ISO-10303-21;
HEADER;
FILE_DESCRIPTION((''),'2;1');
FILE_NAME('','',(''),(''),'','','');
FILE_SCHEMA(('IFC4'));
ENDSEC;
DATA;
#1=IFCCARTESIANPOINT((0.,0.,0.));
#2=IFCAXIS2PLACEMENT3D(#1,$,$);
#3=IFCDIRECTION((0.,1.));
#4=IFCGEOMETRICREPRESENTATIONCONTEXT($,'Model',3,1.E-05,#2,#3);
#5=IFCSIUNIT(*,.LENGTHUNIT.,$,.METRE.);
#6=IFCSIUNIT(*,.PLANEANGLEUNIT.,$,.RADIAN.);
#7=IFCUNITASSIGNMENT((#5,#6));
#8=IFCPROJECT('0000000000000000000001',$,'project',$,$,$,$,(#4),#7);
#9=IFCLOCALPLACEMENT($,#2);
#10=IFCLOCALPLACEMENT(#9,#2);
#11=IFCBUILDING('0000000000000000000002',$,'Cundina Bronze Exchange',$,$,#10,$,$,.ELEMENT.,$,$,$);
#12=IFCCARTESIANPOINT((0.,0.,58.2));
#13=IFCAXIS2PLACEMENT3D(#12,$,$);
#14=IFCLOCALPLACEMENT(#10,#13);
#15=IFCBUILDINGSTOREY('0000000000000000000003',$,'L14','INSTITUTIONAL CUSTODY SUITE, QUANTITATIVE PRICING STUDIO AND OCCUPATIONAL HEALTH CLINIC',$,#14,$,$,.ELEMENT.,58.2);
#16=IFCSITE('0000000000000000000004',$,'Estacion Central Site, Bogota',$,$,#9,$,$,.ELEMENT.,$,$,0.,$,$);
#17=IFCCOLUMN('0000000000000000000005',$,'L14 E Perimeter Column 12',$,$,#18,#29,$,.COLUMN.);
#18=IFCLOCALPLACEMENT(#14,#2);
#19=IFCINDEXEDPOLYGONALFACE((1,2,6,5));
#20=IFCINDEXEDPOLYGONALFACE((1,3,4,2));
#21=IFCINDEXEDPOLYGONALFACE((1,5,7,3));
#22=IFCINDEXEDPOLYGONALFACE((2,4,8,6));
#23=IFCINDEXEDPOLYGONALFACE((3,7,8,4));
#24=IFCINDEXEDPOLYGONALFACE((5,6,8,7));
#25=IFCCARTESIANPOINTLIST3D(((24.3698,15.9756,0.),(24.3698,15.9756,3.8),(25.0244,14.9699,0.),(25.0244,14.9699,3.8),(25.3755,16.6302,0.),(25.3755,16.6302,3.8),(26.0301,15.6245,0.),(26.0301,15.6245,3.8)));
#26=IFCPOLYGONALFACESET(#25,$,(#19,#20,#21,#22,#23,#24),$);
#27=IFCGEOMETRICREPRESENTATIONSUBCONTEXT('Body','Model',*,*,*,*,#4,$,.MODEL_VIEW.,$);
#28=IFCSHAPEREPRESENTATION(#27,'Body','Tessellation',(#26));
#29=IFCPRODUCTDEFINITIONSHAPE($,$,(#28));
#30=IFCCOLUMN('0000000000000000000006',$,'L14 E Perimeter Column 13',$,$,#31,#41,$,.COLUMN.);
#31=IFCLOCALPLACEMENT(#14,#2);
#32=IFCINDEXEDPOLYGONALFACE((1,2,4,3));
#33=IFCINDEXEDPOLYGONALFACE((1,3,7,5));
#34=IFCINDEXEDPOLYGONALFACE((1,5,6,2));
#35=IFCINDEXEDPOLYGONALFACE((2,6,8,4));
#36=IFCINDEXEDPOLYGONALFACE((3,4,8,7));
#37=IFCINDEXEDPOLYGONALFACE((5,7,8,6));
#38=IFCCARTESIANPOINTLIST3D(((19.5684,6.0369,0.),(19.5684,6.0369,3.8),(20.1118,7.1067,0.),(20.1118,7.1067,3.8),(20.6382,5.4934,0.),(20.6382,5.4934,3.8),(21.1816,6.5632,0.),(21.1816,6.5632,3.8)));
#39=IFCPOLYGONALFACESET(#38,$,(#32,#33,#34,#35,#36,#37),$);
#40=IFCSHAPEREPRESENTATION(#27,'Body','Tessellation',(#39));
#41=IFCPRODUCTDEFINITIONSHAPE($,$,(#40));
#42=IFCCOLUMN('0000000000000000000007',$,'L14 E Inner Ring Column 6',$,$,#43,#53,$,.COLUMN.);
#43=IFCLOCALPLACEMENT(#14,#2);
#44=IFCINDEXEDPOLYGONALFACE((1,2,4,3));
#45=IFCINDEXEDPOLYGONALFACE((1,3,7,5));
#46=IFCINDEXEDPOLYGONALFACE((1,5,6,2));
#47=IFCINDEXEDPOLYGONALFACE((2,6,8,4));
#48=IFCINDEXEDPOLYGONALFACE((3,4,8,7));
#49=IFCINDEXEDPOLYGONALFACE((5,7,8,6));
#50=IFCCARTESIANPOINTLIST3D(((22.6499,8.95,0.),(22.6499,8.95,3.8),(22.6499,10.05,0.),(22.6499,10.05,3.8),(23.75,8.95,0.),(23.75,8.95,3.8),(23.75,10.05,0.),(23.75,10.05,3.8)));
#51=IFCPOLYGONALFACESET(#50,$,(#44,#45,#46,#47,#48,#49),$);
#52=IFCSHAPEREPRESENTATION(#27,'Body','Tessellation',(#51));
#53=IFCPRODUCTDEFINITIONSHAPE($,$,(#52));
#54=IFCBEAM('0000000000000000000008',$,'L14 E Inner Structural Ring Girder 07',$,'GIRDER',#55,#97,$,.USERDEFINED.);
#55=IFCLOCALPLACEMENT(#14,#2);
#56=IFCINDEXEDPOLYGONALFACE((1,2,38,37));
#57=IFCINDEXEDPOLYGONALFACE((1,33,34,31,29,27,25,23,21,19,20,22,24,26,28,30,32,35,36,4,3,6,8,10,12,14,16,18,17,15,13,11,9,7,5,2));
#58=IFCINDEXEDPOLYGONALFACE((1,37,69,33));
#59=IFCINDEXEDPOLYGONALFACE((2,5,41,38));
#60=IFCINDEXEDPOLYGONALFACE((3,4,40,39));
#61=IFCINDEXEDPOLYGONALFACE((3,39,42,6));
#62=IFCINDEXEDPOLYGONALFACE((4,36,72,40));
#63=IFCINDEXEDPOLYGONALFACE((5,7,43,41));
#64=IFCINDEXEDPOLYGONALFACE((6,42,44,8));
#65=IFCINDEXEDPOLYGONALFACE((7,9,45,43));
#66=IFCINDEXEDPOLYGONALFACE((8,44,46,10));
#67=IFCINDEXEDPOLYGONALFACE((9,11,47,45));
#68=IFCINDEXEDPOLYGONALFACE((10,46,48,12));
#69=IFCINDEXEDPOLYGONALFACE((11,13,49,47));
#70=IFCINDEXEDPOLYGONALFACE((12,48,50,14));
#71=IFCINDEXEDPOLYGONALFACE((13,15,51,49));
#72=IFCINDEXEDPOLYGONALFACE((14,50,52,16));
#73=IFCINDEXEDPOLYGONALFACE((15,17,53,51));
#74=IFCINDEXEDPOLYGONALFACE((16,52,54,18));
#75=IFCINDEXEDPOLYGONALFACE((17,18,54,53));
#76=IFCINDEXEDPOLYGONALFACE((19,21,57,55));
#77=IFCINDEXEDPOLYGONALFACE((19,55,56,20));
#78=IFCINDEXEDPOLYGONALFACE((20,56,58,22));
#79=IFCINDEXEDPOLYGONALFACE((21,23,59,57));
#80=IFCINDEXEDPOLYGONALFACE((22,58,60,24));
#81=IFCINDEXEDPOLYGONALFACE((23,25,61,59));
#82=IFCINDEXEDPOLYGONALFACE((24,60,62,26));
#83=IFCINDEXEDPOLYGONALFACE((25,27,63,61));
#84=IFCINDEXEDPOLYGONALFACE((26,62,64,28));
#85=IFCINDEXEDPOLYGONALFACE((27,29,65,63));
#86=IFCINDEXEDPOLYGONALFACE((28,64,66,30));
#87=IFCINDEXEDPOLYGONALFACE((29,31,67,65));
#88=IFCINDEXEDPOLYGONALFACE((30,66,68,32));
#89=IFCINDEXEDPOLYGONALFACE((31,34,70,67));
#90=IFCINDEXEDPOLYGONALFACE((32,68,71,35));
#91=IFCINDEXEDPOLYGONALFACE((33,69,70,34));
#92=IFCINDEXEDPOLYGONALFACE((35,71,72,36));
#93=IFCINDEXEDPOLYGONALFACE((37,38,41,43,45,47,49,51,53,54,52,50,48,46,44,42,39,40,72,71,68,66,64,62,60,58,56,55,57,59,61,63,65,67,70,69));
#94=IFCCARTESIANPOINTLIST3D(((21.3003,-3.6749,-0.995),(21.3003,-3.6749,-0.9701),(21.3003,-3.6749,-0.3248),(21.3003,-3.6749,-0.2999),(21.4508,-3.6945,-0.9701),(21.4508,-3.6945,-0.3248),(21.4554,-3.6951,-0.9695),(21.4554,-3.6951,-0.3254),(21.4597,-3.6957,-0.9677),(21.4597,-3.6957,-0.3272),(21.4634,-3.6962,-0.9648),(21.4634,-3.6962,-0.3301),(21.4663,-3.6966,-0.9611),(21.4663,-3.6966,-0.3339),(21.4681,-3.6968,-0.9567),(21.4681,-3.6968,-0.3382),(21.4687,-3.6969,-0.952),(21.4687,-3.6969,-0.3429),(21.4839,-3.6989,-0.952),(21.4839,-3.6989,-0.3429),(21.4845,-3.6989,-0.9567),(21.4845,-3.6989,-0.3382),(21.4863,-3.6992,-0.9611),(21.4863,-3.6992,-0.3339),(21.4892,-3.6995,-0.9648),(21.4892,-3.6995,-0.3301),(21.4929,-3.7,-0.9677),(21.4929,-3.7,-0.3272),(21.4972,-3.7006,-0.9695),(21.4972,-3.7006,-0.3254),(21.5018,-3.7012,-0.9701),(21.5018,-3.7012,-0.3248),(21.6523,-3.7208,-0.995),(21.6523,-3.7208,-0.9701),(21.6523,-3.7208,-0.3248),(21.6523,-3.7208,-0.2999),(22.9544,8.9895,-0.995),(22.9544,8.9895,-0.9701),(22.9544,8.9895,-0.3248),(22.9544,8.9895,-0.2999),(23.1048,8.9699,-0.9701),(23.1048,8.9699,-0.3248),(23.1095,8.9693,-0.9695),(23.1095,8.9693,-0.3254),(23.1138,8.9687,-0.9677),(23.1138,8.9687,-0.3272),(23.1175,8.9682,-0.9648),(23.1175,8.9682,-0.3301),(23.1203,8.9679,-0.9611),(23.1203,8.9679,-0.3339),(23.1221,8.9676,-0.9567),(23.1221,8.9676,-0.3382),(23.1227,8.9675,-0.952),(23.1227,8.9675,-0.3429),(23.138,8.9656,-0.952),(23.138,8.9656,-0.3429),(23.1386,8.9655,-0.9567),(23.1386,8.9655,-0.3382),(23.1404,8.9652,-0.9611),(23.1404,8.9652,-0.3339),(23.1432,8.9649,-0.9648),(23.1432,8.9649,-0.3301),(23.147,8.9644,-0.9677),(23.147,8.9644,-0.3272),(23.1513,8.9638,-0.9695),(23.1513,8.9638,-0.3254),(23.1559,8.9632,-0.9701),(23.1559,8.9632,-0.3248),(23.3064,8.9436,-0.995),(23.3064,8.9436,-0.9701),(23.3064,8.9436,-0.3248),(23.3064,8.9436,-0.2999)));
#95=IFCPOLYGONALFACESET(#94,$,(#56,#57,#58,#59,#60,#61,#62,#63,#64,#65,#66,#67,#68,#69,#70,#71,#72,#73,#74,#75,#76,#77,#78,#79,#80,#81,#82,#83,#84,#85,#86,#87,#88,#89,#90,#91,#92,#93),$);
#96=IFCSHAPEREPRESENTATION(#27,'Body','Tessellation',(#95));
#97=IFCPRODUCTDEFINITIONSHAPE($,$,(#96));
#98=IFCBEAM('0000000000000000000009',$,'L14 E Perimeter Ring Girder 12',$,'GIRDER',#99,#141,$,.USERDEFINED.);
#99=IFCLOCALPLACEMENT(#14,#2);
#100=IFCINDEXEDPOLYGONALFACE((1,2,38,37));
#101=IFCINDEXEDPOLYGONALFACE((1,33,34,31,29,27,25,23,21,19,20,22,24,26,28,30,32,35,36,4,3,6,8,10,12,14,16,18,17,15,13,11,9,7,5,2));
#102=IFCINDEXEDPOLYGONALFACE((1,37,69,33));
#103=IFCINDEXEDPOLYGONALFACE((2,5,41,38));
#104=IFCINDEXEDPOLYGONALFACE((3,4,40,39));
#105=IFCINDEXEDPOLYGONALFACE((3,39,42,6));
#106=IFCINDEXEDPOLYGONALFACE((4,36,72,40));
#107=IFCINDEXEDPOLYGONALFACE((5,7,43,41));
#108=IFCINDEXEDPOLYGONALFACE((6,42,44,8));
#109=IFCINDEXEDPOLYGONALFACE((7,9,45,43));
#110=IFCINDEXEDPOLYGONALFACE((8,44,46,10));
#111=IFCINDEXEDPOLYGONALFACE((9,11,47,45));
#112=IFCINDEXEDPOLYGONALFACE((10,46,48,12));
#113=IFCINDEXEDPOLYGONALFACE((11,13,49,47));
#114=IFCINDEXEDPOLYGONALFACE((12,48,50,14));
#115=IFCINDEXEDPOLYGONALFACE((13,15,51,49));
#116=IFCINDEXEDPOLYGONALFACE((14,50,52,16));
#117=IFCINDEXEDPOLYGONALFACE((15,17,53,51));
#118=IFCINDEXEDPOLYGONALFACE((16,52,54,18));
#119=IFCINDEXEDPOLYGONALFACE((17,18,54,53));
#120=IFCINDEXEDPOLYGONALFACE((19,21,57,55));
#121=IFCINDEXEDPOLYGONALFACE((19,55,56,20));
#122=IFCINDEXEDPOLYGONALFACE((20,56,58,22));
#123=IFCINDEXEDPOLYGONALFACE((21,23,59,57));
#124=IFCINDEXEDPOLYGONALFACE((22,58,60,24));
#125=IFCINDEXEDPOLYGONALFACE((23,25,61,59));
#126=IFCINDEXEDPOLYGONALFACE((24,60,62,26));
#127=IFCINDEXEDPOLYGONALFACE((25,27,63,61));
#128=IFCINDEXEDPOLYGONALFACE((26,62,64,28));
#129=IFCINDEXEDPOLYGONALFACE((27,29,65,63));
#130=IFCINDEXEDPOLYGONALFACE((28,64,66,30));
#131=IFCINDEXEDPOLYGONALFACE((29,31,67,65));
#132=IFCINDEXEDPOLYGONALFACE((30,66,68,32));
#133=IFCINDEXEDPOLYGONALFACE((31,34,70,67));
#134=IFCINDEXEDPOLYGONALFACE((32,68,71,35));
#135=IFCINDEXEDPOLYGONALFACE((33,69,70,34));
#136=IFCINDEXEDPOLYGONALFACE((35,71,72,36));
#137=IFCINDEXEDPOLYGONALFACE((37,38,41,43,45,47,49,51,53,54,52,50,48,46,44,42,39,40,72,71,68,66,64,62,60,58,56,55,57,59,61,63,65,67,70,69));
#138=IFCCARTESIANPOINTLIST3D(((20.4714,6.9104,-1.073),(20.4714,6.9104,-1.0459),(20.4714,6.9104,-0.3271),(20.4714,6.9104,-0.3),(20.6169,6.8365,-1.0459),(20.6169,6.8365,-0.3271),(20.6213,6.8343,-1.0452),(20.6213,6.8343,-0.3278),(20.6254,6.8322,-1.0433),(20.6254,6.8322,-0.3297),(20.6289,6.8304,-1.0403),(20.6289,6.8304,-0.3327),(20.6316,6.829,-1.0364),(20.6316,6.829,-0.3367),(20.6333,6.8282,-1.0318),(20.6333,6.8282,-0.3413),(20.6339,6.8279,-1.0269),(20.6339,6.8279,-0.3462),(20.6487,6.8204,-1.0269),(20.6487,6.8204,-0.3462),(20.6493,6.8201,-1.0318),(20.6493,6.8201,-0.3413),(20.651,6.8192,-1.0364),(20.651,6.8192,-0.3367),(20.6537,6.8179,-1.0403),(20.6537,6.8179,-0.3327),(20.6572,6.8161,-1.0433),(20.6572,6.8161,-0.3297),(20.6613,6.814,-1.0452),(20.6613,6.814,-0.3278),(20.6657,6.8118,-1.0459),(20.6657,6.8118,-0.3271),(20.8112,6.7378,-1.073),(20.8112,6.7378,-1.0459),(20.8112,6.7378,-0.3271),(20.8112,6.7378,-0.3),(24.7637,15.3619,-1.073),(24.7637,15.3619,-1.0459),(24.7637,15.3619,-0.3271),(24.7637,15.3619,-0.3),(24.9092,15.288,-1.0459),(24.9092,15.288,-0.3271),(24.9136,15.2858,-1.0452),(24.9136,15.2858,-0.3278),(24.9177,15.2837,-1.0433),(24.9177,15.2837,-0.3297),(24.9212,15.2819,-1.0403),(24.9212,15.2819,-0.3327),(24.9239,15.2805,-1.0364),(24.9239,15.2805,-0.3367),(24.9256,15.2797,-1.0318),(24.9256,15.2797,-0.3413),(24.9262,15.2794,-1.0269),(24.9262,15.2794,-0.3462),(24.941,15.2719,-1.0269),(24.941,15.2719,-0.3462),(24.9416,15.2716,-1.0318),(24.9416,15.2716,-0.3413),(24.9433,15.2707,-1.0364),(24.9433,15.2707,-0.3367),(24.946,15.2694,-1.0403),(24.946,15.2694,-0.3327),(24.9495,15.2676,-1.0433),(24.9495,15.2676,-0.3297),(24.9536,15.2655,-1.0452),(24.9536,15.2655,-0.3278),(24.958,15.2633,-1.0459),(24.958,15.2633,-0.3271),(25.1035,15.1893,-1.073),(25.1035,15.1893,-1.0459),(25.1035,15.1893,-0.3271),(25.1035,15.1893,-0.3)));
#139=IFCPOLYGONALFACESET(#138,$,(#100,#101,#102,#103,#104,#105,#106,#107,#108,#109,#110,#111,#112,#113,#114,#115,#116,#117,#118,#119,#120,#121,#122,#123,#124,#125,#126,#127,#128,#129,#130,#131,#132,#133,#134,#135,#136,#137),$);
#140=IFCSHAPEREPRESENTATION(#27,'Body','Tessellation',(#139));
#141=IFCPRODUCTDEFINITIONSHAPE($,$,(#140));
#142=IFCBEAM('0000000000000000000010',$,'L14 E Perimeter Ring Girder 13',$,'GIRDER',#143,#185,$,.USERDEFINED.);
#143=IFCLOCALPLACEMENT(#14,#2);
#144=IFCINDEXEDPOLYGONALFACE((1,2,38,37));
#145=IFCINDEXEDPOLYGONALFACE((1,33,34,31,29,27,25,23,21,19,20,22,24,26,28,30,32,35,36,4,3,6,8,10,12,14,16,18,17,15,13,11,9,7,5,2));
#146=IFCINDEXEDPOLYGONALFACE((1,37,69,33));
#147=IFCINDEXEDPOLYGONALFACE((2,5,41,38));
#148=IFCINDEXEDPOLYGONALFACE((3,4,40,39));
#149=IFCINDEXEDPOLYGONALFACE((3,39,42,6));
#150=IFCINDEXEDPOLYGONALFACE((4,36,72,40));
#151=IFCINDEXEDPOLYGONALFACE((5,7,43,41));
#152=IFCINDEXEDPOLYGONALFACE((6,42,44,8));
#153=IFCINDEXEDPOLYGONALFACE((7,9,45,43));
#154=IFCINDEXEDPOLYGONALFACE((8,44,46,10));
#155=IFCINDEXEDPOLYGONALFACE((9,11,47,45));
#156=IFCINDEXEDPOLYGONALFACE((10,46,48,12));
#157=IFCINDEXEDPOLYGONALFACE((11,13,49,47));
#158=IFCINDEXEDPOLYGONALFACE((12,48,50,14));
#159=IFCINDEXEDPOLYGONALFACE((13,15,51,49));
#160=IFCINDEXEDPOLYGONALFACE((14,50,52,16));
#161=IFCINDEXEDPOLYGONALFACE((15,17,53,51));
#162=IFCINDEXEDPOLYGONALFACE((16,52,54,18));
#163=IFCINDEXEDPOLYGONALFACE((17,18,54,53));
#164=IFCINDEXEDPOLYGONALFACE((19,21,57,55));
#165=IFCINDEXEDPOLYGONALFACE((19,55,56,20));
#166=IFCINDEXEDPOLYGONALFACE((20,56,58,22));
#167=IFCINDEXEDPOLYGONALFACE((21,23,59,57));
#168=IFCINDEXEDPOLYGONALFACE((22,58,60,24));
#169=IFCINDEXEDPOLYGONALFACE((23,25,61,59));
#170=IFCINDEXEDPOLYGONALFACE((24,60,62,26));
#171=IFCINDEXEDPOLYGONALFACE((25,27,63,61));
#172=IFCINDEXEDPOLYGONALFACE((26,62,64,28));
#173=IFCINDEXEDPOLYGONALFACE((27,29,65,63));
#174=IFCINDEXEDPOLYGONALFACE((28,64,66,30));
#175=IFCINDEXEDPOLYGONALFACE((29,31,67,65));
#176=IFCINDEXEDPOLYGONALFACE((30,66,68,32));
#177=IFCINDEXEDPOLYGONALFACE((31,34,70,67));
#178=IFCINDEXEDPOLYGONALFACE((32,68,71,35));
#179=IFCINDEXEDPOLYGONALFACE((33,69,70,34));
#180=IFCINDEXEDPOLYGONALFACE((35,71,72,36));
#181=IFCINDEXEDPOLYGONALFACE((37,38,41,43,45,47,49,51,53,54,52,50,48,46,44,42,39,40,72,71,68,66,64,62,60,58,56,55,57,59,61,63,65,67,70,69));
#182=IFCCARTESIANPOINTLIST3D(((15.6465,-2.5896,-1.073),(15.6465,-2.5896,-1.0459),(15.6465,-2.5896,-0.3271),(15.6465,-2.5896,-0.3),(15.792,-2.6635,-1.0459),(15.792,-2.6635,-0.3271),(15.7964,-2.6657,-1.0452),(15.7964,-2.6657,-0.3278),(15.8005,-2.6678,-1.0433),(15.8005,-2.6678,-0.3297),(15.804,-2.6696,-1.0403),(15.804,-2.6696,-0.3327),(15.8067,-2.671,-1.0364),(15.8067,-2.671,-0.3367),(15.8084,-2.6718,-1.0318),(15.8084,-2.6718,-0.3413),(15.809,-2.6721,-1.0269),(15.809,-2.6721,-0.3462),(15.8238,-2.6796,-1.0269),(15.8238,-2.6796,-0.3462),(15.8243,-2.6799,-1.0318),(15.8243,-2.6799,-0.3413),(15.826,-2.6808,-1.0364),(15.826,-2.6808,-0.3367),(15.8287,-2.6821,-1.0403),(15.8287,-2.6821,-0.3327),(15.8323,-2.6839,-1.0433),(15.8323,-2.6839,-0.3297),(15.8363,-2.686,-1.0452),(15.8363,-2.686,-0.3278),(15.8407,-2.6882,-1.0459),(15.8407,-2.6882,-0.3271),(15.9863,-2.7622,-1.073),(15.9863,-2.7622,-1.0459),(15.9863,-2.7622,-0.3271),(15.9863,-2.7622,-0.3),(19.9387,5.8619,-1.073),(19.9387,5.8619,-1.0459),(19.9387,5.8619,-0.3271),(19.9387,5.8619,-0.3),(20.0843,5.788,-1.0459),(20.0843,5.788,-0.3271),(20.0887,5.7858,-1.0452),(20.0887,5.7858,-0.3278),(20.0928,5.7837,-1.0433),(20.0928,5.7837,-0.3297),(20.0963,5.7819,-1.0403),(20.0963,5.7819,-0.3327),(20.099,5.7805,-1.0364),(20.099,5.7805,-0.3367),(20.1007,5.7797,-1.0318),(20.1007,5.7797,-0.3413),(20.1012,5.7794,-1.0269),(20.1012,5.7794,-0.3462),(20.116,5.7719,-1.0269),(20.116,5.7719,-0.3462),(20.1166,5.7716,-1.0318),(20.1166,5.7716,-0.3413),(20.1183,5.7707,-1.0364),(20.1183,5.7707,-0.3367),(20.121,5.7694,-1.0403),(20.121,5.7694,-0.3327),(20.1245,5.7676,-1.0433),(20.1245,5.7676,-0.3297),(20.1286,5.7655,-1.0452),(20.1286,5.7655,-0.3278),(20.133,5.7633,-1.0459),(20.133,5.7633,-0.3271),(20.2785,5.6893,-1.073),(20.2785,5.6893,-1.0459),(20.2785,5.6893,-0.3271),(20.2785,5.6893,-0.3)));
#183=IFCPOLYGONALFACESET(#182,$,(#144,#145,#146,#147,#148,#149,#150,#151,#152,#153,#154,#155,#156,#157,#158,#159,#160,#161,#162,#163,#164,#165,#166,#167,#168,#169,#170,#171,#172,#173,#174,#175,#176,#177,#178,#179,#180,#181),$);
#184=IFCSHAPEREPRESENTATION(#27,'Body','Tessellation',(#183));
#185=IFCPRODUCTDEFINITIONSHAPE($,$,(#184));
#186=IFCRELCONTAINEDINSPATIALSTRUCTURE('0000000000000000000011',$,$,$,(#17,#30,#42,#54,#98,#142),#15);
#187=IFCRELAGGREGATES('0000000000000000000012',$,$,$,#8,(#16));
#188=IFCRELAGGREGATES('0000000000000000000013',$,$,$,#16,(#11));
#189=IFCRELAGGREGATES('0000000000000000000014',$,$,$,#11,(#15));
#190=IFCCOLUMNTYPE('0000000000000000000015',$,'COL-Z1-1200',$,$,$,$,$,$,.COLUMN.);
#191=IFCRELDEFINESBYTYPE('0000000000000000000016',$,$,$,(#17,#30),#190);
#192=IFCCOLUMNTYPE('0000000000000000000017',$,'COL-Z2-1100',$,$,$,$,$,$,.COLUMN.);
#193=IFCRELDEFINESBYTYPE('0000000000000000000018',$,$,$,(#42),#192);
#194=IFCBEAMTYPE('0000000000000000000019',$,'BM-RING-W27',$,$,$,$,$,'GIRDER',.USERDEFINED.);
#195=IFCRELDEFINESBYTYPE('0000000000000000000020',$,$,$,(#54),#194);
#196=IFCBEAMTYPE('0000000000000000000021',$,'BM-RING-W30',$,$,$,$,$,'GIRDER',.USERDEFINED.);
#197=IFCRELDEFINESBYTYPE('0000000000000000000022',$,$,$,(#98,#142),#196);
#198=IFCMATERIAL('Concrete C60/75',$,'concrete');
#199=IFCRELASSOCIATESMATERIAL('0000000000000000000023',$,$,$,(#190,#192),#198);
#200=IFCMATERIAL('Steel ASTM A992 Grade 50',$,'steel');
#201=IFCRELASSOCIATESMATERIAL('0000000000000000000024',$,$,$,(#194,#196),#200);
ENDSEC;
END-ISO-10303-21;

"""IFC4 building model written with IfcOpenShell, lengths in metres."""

from ifc_helpers import new_model, si_unit, direction, frame, origin, origin_2d, place, context, subcontext, project, spatial, rectangle, i_section, extrude, material, material_profile, profile_set, type_object, element, save


model = new_model("IFC4")

# Units and contexts
model_context = context("Model", 3, precision=1e-05, world=origin(), true_north=direction((0.0, 1.0)))
body_context = subcontext(model_context, "Body", "Model", "MODEL_VIEW")
ifc_project = project(units=[si_unit("LENGTHUNIT", "METRE"), si_unit("PLANEANGLEUNIT", "RADIAN")], contexts=[model_context])

# Site, building, storey
site_placement = place(None, origin())
site = spatial("IfcSite", under=ifc_project, at=site_placement, Name="Estacion Central Site, Bogota", CompositionType="ELEMENT", RefElevation=0.0)
building_placement = place(site_placement, origin())
building = spatial("IfcBuilding", under=site, at=building_placement, Name="Cundina Bronze Exchange", CompositionType="ELEMENT")
storey_placement = place(building_placement, frame((0.0, 0.0, 58.2)))
storey = spatial("IfcBuildingStorey", under=building, at=storey_placement, Name="L14", Description="INSTITUTIONAL CUSTODY SUITE, QUANTITATIVE PRICING STUDIO AND OCCUPATIONAL HEALTH CLINIC", CompositionType="ELEMENT", Elevation=58.2)

# Columns
ifc_material_1 = material(Name="Concrete C60/75", Category="concrete")
ifc_material_profile_1 = material_profile(ifc_material_1, rectangle(XDim=1.2, YDim=1.2, at=origin_2d()), Name="RC1200X1200", Category="concrete")
ifc_profile_set_1 = profile_set([ifc_material_profile_1], Name="Concrete C60/75")
column_type_1 = type_object("IfcColumnType", Name="COL-Z1-1200", PredefinedType="COLUMN", material=ifc_profile_set_1)
for number, where, z_axis, x_axis, name in (
    (1, (25.2, 15.8, 0.0), (0.0, 0.0, 1.0), (-0.8381, -0.545517, 0.0), "L14 E Perimeter Column 12"),
    (2, (20.375, 6.3, 0.0), (0.0, 0.0, 1.0), (-0.452902, -0.891561, 0.0), "L14 E Perimeter Column 13"),
):
    element("IfcColumn", number, at=place(storey_placement, frame(where, z_axis=z_axis, x_axis=x_axis)), inside=storey, type_object=column_type_1, Name=name, PredefinedType="COLUMN", context=body_context, shape_type="SweptSolid", body=[
        extrude(rectangle(XDim=1.2, YDim=1.2, at=origin_2d()), origin(), (0.0, 0.0, 1.0), 3.8),
    ])
ifc_material_profile_2 = material_profile(ifc_material_1, rectangle(XDim=1.1001, YDim=1.1001, at=origin_2d()), Name="RC1100X1100", Category="concrete")
ifc_profile_set_2 = profile_set([ifc_material_profile_2], Name="Concrete C60/75")
column_type_2 = type_object("IfcColumnType", Name="COL-Z2-1100", PredefinedType="COLUMN", material=ifc_profile_set_2)
column_placement = place(storey_placement, frame((23.2, 9.5, 0.0), z_axis=(0.0, 0.0, 1.0), x_axis=(1.0, 0.0, 0.0)))
element("IfcColumn", 3, at=column_placement, inside=storey, type_object=column_type_2, Name="L14 E Inner Ring Column 6", PredefinedType="COLUMN", context=body_context, shape_type="SweptSolid", body=[
    extrude(rectangle(XDim=1.1001, YDim=1.1001, at=origin_2d()), origin(), (0.0, 0.0, 1.0), 3.8),
])

# Beams
ifc_material_2 = material(Name="Steel ASTM A992 Grade 50", Category="steel")
ifc_material_profile_3 = material_profile(ifc_material_2, i_section(OverallWidth=0.355, OverallDepth=0.6951, WebThickness=0.0154, FlangeThickness=0.0249, FilletRadius=0.0181, at=origin_2d()), Name="W27X146", Category="steel")
ifc_profile_set_3 = profile_set([ifc_material_profile_3], Name="Steel ASTM A992 Grade 50")
beam_type_1 = type_object("IfcBeamType", Name="BM-RING-W27", ElementType="GIRDER", PredefinedType="USERDEFINED", material=ifc_profile_set_3)
beam_placement = place(storey_placement, frame((23.1304, 8.9666, -0.6475), z_axis=(-0.129508, -0.991578, 0.0), x_axis=(0.991578, -0.129508, 0.0)))
element("IfcBeam", 4, at=beam_placement, inside=storey, type_object=beam_type_1, Name="L14 E Inner Structural Ring Girder 07", ObjectType="GIRDER", PredefinedType="USERDEFINED", context=body_context, shape_type="SweptSolid", body=[
    extrude(i_section(OverallWidth=0.355, OverallDepth=0.6951, WebThickness=0.0154, FlangeThickness=0.0249, FilletRadius=0.0181, at=origin_2d()), origin(), (0.0, 0.0, 1.0), 12.772),
])
ifc_material_profile_4 = material_profile(ifc_material_2, i_section(OverallWidth=0.3811, OverallDepth=0.7729, WebThickness=0.0166, FlangeThickness=0.0271, FilletRadius=0.019, at=origin_2d()), Name="W30X173", Category="steel")
ifc_profile_set_4 = profile_set([ifc_material_profile_4], Name="Steel ASTM A992 Grade 50")
beam_type_2 = type_object("IfcBeamType", Name="BM-RING-W30", ElementType="GIRDER", PredefinedType="USERDEFINED", material=ifc_profile_set_4)
for number, where, z_axis, x_axis, name in (
    (5, (24.9336, 15.2756, -0.6865), (-0.45282, -0.891602, 0.0), (0.891602, -0.45282, 0.0), "L14 E Perimeter Ring Girder 12"),
    (6, (20.1086, 5.7756, -0.6865), (-0.45282, -0.891602, 0.0), (0.891602, -0.45282, 0.0), "L14 E Perimeter Ring Girder 13"),
):
    element("IfcBeam", number, at=place(storey_placement, frame(where, z_axis=z_axis, x_axis=x_axis)), inside=storey, type_object=beam_type_2, Name=name, ObjectType="GIRDER", PredefinedType="USERDEFINED", context=body_context, shape_type="SweptSolid", body=[
        extrude(i_section(OverallWidth=0.3811, OverallDepth=0.7729, WebThickness=0.0166, FlangeThickness=0.0271, FilletRadius=0.019, at=origin_2d()), origin(), (0.0, 0.0, 1.0), 9.479),
    ])

save(model, "model.ifc")
